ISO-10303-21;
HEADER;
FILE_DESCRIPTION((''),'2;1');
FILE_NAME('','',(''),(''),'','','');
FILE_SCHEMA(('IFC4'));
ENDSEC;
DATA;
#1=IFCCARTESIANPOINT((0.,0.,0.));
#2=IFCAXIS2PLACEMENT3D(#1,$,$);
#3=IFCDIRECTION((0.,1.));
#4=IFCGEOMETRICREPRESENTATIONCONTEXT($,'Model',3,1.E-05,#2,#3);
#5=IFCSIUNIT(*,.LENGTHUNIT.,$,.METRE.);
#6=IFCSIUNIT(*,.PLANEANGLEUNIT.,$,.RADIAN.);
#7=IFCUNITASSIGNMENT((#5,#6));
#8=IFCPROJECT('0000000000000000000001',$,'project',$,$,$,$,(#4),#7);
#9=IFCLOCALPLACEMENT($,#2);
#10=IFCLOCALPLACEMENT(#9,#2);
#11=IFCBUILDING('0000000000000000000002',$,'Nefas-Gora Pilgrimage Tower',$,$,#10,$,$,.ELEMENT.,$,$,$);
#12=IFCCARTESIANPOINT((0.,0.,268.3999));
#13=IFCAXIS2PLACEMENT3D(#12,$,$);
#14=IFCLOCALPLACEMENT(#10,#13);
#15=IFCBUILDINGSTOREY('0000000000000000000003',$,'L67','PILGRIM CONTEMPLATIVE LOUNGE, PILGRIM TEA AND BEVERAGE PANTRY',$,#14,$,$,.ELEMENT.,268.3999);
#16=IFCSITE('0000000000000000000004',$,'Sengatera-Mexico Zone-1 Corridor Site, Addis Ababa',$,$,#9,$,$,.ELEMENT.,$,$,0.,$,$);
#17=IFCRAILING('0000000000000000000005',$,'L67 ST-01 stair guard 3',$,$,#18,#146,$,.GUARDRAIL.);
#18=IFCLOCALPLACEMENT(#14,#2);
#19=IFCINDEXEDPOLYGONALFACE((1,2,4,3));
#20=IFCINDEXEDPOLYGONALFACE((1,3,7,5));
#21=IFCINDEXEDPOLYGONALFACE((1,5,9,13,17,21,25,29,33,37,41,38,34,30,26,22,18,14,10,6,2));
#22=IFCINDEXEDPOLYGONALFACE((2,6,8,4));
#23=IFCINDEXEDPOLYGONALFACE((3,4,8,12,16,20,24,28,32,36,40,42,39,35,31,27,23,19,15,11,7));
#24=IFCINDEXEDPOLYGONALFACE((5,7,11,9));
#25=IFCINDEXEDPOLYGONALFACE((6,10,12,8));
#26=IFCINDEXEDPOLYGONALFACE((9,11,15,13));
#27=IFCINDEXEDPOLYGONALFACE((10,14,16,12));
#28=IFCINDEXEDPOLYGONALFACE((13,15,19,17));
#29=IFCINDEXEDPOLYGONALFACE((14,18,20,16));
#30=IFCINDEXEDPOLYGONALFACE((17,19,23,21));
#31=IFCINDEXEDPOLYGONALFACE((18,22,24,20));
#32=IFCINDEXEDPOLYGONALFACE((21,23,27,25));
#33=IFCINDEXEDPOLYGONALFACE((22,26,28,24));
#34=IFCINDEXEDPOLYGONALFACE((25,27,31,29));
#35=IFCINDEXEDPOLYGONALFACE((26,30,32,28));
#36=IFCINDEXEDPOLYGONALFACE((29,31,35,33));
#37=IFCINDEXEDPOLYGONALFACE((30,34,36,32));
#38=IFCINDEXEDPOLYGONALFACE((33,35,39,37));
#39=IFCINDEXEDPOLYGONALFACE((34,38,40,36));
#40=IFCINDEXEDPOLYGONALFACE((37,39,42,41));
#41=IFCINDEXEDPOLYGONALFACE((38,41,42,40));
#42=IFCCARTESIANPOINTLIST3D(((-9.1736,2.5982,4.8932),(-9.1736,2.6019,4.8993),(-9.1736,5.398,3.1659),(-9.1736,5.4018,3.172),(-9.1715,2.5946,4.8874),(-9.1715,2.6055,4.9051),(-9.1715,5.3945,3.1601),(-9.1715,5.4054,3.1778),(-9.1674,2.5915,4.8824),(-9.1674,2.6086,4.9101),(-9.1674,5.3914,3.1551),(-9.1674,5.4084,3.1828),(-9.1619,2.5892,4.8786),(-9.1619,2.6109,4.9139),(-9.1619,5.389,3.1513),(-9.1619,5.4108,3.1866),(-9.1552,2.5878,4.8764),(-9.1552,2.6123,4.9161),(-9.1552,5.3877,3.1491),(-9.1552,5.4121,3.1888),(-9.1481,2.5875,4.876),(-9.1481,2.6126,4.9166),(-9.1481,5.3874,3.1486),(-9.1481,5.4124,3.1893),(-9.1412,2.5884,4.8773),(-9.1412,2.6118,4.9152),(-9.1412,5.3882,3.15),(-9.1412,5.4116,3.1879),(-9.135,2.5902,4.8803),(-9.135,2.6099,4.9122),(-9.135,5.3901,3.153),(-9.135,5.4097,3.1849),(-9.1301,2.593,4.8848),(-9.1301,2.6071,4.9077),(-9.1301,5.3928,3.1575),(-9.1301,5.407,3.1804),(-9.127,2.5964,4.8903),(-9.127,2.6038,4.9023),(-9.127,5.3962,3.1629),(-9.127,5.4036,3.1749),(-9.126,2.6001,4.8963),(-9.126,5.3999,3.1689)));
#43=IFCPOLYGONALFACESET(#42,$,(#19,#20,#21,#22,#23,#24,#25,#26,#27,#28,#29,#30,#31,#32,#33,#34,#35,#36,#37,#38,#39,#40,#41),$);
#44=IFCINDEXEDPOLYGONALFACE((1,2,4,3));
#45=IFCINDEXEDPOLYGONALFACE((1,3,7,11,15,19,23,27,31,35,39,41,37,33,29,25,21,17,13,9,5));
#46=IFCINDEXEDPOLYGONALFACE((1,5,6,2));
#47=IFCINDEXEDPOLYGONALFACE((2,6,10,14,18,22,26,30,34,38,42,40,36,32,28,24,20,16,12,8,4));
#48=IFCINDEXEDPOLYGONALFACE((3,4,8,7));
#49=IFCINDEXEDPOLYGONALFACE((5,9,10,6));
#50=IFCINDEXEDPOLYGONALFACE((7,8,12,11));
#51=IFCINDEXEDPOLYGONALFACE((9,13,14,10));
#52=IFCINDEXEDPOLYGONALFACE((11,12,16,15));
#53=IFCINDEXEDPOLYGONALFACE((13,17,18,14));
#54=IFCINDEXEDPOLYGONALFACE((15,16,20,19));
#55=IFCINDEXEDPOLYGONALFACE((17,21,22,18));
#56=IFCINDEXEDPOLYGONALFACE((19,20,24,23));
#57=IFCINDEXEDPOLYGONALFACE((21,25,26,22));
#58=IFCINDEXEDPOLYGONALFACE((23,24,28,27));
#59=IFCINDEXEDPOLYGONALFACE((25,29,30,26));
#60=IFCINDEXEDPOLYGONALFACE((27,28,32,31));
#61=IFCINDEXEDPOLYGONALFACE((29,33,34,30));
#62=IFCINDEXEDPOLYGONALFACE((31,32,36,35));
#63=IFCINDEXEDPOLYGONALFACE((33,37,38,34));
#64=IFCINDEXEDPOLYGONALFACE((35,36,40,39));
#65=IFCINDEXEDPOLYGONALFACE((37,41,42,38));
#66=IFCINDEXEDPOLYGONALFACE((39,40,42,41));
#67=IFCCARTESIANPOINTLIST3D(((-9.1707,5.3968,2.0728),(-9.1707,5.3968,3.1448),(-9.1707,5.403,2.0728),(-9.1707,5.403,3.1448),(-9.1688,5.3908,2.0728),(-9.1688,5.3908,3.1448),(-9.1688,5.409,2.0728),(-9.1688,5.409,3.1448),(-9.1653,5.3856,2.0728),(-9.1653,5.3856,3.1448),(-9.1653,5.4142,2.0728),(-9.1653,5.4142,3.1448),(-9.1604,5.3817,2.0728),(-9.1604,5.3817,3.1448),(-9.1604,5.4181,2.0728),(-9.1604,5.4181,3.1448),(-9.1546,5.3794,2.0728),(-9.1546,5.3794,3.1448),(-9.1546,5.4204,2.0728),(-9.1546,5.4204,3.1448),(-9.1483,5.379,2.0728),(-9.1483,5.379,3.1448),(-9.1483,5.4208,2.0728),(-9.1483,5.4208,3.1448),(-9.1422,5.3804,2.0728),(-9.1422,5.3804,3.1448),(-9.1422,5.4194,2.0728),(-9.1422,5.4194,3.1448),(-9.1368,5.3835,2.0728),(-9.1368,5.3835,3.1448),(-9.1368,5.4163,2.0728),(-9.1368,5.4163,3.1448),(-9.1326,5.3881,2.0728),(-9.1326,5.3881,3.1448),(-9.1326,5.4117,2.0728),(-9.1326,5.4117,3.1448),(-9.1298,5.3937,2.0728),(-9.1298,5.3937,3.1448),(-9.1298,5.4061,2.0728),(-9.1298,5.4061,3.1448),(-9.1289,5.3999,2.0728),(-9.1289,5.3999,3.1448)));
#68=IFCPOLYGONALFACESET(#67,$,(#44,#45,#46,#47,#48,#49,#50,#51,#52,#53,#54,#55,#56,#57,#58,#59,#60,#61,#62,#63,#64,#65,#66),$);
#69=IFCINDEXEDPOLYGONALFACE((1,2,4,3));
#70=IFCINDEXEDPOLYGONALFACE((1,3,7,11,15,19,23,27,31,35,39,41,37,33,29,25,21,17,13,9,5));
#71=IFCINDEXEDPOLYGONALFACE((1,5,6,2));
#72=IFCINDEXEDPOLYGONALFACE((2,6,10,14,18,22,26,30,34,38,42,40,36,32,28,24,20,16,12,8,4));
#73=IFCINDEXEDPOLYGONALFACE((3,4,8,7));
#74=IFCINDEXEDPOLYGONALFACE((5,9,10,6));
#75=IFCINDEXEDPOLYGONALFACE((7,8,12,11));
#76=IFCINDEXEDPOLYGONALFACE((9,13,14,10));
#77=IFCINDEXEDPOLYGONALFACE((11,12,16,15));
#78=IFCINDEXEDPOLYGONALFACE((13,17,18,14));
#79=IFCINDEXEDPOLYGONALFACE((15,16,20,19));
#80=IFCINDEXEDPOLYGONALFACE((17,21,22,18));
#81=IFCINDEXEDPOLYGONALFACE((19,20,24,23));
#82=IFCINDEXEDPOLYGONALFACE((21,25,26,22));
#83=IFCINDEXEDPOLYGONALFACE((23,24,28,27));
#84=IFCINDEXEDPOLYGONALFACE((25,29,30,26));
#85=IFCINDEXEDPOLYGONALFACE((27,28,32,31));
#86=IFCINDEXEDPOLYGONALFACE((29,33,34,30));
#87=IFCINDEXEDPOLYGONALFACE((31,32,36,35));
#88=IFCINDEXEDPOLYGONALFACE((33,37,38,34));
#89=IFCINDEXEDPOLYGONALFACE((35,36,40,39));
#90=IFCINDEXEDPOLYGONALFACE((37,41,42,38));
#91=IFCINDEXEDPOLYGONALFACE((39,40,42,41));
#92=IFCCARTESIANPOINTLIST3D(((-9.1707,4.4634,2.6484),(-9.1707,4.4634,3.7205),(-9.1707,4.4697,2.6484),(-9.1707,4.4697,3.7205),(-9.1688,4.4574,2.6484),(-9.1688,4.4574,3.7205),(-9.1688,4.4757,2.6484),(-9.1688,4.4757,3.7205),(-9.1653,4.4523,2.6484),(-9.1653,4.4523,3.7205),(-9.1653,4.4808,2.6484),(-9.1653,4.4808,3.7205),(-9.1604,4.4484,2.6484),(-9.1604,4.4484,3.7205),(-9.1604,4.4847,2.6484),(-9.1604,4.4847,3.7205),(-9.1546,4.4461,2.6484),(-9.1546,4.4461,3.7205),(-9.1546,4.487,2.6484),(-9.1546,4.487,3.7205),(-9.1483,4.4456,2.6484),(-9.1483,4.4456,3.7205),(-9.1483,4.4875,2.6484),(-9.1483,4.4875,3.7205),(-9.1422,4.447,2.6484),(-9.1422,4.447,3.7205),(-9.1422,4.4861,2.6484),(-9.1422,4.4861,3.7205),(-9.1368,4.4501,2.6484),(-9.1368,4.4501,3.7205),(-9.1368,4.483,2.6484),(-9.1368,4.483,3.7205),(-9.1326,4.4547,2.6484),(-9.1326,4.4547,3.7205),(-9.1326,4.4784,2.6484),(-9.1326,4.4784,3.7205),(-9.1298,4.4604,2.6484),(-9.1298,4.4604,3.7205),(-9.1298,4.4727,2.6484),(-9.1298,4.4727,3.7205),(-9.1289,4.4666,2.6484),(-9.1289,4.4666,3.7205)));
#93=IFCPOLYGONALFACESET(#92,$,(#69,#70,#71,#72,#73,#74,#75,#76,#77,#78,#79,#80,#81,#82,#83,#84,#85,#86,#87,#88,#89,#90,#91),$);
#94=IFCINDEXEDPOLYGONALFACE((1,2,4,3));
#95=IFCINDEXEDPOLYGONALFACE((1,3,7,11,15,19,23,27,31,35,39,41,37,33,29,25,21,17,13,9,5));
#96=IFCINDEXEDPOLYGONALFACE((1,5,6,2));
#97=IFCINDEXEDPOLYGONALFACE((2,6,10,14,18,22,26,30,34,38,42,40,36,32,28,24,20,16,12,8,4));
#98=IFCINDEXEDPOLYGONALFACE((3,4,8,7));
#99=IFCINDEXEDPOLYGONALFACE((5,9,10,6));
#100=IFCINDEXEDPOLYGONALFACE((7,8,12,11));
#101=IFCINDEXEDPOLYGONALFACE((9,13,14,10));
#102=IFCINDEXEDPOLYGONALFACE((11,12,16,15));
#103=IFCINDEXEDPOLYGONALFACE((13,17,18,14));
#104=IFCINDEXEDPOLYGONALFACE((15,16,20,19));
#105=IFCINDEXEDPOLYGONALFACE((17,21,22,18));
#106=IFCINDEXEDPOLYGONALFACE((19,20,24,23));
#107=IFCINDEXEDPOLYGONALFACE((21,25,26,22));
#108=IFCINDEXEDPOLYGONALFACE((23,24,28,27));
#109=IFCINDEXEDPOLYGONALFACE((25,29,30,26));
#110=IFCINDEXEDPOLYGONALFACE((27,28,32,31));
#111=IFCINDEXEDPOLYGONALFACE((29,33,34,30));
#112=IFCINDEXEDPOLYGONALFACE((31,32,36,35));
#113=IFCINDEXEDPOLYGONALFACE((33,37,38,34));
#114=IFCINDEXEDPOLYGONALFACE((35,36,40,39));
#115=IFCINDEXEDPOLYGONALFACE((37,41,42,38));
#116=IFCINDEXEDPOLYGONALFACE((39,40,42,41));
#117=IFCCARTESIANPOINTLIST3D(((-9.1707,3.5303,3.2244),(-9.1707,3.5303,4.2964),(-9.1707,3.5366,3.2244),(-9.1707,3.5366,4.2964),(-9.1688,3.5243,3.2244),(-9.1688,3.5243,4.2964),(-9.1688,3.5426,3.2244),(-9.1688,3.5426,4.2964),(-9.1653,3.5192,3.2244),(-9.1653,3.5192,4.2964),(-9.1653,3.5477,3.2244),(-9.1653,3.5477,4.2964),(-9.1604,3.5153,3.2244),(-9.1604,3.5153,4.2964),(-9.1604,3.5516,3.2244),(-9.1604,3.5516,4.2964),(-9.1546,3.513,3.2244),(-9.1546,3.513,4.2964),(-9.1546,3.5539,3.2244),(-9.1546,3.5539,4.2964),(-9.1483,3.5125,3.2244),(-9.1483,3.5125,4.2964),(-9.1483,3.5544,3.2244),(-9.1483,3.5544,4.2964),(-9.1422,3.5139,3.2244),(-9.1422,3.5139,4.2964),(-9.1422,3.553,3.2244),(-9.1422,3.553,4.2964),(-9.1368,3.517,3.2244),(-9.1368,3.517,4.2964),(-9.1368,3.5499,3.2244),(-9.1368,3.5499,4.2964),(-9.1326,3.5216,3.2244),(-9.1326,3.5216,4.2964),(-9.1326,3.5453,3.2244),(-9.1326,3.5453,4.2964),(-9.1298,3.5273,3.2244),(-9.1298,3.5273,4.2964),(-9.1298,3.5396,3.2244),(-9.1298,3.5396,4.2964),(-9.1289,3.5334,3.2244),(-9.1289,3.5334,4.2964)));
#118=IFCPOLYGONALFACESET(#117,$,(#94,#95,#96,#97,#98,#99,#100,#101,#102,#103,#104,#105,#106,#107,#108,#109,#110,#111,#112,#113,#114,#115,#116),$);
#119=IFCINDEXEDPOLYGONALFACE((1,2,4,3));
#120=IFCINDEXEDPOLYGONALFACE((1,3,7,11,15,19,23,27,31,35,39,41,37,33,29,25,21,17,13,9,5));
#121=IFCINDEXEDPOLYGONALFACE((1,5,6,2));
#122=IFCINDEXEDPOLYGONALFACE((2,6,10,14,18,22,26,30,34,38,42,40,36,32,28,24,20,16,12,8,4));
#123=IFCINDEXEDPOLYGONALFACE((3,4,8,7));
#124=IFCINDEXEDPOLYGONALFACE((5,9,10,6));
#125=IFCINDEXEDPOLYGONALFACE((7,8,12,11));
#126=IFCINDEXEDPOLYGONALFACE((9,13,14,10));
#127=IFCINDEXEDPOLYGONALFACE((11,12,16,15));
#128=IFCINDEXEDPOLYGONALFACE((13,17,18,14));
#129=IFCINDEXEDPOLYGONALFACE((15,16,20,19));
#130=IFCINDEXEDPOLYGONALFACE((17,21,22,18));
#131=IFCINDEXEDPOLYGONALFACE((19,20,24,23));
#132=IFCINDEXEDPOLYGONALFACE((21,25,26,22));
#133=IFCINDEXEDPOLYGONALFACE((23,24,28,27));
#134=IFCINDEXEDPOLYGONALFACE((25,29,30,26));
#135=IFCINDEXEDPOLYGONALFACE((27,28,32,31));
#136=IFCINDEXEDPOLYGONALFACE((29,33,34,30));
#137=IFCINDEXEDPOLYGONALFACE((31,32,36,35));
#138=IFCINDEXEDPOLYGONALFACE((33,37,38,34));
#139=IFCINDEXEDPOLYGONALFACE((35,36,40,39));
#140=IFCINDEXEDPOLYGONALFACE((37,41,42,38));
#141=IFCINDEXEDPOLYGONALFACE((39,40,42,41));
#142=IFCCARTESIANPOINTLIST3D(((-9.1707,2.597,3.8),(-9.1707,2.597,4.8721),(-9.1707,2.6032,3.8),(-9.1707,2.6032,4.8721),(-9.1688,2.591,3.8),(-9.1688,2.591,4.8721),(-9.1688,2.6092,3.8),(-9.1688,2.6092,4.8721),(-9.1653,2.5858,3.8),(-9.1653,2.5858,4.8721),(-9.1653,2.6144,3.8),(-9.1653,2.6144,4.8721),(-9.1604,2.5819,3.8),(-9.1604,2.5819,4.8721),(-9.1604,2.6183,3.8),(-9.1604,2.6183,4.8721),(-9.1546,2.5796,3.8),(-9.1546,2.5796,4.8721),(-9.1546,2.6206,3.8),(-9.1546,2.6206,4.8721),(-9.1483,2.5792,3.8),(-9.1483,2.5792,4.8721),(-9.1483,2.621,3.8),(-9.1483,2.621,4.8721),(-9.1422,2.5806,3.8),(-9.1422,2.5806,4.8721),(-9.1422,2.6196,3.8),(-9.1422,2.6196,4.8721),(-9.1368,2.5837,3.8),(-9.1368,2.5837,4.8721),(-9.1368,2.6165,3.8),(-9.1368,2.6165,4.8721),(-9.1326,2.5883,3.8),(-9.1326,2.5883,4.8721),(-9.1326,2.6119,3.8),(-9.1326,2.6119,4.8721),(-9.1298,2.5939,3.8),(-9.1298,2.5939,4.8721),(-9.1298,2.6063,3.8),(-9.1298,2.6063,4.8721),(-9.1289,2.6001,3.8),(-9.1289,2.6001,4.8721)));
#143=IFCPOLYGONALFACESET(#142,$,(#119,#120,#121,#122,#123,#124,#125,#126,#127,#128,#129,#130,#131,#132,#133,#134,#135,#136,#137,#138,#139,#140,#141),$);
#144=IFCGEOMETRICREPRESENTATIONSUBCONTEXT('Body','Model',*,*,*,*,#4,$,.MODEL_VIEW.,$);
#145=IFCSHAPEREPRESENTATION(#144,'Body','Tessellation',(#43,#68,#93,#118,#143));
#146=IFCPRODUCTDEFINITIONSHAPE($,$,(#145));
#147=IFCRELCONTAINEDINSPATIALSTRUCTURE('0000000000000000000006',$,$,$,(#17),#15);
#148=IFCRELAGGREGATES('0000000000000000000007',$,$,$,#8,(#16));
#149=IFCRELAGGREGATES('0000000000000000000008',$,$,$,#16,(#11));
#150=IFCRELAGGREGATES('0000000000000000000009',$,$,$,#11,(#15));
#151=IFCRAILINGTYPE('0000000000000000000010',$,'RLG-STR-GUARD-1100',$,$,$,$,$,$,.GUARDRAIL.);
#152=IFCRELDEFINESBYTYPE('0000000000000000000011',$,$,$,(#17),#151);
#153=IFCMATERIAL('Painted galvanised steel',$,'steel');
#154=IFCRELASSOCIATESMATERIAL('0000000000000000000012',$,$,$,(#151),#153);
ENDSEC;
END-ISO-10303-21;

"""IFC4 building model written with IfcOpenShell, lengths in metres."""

from ifc_helpers import new_model, si_unit, direction, frame, origin, origin_2d, place, context, subcontext, project, spatial, circle, extrude, material, type_object, element, save


model = new_model("IFC4")

# Units and contexts
model_context = context("Model", 3, precision=1e-05, world=origin(), true_north=direction((0.0, 1.0)))
body_context = subcontext(model_context, "Body", "Model", "MODEL_VIEW")
ifc_project = project(units=[si_unit("LENGTHUNIT", "METRE"), si_unit("PLANEANGLEUNIT", "RADIAN")], contexts=[model_context])

# Site, building, storey
site_placement = place(None, origin())
site = spatial("IfcSite", under=ifc_project, at=site_placement, Name="Sengatera-Mexico Zone-1 Corridor Site, Addis Ababa", CompositionType="ELEMENT", RefElevation=0.0)
building_placement = place(site_placement, origin())
building = spatial("IfcBuilding", under=site, at=building_placement, Name="Nefas-Gora Pilgrimage Tower", CompositionType="ELEMENT")
storey_placement = place(building_placement, frame((0.0, 0.0, 268.3999)))
storey = spatial("IfcBuildingStorey", under=building, at=storey_placement, Name="L67", Description="PILGRIM CONTEMPLATIVE LOUNGE, PILGRIM TEA AND BEVERAGE PANTRY", CompositionType="ELEMENT", Elevation=268.3999)

# Railing
ifc_material_1 = material(Name="Painted galvanised steel", Category="steel")
railing_type_1 = type_object("IfcRailingType", Name="RLG-STR-GUARD-1100", PredefinedType="GUARDRAIL", material=ifc_material_1)
railing_1_placement = place(storey_placement, frame((-9.1499, 5.3999, 2.0728)))
element("IfcRailing", 1, at=railing_1_placement, inside=storey, type_object=railing_type_1, Name="L67 ST-01 stair guard 3", PredefinedType="GUARDRAIL", context=body_context, shape_type="SweptSolid", body=[
    extrude(circle(Radius=0.0239, at=origin_2d()), frame((0.0, 0.0, 1.0962), z_axis=(0.0, -0.851069, 0.525054), x_axis=(1.0, 0.0, 0.0)), (0.0, 0.0, 1.0), 3.2898),
    extrude(circle(Radius=0.021, at=origin_2d()), origin(), (0.0, 0.0, 1.0), 1.072),
    extrude(circle(Radius=0.021, at=origin_2d()), frame((0.0, -0.9333, 0.5757)), (0.0, 0.0, 1.0), 1.072),
    extrude(circle(Radius=0.021, at=origin_2d()), frame((0.0, -1.8665, 1.1516)), (0.0, 0.0, 1.0), 1.072),
    extrude(circle(Radius=0.021, at=origin_2d()), frame((0.0, -2.7998, 1.7273)), (0.0, 0.0, 1.0), 1.072),
])

save(model, "model.ifc")
